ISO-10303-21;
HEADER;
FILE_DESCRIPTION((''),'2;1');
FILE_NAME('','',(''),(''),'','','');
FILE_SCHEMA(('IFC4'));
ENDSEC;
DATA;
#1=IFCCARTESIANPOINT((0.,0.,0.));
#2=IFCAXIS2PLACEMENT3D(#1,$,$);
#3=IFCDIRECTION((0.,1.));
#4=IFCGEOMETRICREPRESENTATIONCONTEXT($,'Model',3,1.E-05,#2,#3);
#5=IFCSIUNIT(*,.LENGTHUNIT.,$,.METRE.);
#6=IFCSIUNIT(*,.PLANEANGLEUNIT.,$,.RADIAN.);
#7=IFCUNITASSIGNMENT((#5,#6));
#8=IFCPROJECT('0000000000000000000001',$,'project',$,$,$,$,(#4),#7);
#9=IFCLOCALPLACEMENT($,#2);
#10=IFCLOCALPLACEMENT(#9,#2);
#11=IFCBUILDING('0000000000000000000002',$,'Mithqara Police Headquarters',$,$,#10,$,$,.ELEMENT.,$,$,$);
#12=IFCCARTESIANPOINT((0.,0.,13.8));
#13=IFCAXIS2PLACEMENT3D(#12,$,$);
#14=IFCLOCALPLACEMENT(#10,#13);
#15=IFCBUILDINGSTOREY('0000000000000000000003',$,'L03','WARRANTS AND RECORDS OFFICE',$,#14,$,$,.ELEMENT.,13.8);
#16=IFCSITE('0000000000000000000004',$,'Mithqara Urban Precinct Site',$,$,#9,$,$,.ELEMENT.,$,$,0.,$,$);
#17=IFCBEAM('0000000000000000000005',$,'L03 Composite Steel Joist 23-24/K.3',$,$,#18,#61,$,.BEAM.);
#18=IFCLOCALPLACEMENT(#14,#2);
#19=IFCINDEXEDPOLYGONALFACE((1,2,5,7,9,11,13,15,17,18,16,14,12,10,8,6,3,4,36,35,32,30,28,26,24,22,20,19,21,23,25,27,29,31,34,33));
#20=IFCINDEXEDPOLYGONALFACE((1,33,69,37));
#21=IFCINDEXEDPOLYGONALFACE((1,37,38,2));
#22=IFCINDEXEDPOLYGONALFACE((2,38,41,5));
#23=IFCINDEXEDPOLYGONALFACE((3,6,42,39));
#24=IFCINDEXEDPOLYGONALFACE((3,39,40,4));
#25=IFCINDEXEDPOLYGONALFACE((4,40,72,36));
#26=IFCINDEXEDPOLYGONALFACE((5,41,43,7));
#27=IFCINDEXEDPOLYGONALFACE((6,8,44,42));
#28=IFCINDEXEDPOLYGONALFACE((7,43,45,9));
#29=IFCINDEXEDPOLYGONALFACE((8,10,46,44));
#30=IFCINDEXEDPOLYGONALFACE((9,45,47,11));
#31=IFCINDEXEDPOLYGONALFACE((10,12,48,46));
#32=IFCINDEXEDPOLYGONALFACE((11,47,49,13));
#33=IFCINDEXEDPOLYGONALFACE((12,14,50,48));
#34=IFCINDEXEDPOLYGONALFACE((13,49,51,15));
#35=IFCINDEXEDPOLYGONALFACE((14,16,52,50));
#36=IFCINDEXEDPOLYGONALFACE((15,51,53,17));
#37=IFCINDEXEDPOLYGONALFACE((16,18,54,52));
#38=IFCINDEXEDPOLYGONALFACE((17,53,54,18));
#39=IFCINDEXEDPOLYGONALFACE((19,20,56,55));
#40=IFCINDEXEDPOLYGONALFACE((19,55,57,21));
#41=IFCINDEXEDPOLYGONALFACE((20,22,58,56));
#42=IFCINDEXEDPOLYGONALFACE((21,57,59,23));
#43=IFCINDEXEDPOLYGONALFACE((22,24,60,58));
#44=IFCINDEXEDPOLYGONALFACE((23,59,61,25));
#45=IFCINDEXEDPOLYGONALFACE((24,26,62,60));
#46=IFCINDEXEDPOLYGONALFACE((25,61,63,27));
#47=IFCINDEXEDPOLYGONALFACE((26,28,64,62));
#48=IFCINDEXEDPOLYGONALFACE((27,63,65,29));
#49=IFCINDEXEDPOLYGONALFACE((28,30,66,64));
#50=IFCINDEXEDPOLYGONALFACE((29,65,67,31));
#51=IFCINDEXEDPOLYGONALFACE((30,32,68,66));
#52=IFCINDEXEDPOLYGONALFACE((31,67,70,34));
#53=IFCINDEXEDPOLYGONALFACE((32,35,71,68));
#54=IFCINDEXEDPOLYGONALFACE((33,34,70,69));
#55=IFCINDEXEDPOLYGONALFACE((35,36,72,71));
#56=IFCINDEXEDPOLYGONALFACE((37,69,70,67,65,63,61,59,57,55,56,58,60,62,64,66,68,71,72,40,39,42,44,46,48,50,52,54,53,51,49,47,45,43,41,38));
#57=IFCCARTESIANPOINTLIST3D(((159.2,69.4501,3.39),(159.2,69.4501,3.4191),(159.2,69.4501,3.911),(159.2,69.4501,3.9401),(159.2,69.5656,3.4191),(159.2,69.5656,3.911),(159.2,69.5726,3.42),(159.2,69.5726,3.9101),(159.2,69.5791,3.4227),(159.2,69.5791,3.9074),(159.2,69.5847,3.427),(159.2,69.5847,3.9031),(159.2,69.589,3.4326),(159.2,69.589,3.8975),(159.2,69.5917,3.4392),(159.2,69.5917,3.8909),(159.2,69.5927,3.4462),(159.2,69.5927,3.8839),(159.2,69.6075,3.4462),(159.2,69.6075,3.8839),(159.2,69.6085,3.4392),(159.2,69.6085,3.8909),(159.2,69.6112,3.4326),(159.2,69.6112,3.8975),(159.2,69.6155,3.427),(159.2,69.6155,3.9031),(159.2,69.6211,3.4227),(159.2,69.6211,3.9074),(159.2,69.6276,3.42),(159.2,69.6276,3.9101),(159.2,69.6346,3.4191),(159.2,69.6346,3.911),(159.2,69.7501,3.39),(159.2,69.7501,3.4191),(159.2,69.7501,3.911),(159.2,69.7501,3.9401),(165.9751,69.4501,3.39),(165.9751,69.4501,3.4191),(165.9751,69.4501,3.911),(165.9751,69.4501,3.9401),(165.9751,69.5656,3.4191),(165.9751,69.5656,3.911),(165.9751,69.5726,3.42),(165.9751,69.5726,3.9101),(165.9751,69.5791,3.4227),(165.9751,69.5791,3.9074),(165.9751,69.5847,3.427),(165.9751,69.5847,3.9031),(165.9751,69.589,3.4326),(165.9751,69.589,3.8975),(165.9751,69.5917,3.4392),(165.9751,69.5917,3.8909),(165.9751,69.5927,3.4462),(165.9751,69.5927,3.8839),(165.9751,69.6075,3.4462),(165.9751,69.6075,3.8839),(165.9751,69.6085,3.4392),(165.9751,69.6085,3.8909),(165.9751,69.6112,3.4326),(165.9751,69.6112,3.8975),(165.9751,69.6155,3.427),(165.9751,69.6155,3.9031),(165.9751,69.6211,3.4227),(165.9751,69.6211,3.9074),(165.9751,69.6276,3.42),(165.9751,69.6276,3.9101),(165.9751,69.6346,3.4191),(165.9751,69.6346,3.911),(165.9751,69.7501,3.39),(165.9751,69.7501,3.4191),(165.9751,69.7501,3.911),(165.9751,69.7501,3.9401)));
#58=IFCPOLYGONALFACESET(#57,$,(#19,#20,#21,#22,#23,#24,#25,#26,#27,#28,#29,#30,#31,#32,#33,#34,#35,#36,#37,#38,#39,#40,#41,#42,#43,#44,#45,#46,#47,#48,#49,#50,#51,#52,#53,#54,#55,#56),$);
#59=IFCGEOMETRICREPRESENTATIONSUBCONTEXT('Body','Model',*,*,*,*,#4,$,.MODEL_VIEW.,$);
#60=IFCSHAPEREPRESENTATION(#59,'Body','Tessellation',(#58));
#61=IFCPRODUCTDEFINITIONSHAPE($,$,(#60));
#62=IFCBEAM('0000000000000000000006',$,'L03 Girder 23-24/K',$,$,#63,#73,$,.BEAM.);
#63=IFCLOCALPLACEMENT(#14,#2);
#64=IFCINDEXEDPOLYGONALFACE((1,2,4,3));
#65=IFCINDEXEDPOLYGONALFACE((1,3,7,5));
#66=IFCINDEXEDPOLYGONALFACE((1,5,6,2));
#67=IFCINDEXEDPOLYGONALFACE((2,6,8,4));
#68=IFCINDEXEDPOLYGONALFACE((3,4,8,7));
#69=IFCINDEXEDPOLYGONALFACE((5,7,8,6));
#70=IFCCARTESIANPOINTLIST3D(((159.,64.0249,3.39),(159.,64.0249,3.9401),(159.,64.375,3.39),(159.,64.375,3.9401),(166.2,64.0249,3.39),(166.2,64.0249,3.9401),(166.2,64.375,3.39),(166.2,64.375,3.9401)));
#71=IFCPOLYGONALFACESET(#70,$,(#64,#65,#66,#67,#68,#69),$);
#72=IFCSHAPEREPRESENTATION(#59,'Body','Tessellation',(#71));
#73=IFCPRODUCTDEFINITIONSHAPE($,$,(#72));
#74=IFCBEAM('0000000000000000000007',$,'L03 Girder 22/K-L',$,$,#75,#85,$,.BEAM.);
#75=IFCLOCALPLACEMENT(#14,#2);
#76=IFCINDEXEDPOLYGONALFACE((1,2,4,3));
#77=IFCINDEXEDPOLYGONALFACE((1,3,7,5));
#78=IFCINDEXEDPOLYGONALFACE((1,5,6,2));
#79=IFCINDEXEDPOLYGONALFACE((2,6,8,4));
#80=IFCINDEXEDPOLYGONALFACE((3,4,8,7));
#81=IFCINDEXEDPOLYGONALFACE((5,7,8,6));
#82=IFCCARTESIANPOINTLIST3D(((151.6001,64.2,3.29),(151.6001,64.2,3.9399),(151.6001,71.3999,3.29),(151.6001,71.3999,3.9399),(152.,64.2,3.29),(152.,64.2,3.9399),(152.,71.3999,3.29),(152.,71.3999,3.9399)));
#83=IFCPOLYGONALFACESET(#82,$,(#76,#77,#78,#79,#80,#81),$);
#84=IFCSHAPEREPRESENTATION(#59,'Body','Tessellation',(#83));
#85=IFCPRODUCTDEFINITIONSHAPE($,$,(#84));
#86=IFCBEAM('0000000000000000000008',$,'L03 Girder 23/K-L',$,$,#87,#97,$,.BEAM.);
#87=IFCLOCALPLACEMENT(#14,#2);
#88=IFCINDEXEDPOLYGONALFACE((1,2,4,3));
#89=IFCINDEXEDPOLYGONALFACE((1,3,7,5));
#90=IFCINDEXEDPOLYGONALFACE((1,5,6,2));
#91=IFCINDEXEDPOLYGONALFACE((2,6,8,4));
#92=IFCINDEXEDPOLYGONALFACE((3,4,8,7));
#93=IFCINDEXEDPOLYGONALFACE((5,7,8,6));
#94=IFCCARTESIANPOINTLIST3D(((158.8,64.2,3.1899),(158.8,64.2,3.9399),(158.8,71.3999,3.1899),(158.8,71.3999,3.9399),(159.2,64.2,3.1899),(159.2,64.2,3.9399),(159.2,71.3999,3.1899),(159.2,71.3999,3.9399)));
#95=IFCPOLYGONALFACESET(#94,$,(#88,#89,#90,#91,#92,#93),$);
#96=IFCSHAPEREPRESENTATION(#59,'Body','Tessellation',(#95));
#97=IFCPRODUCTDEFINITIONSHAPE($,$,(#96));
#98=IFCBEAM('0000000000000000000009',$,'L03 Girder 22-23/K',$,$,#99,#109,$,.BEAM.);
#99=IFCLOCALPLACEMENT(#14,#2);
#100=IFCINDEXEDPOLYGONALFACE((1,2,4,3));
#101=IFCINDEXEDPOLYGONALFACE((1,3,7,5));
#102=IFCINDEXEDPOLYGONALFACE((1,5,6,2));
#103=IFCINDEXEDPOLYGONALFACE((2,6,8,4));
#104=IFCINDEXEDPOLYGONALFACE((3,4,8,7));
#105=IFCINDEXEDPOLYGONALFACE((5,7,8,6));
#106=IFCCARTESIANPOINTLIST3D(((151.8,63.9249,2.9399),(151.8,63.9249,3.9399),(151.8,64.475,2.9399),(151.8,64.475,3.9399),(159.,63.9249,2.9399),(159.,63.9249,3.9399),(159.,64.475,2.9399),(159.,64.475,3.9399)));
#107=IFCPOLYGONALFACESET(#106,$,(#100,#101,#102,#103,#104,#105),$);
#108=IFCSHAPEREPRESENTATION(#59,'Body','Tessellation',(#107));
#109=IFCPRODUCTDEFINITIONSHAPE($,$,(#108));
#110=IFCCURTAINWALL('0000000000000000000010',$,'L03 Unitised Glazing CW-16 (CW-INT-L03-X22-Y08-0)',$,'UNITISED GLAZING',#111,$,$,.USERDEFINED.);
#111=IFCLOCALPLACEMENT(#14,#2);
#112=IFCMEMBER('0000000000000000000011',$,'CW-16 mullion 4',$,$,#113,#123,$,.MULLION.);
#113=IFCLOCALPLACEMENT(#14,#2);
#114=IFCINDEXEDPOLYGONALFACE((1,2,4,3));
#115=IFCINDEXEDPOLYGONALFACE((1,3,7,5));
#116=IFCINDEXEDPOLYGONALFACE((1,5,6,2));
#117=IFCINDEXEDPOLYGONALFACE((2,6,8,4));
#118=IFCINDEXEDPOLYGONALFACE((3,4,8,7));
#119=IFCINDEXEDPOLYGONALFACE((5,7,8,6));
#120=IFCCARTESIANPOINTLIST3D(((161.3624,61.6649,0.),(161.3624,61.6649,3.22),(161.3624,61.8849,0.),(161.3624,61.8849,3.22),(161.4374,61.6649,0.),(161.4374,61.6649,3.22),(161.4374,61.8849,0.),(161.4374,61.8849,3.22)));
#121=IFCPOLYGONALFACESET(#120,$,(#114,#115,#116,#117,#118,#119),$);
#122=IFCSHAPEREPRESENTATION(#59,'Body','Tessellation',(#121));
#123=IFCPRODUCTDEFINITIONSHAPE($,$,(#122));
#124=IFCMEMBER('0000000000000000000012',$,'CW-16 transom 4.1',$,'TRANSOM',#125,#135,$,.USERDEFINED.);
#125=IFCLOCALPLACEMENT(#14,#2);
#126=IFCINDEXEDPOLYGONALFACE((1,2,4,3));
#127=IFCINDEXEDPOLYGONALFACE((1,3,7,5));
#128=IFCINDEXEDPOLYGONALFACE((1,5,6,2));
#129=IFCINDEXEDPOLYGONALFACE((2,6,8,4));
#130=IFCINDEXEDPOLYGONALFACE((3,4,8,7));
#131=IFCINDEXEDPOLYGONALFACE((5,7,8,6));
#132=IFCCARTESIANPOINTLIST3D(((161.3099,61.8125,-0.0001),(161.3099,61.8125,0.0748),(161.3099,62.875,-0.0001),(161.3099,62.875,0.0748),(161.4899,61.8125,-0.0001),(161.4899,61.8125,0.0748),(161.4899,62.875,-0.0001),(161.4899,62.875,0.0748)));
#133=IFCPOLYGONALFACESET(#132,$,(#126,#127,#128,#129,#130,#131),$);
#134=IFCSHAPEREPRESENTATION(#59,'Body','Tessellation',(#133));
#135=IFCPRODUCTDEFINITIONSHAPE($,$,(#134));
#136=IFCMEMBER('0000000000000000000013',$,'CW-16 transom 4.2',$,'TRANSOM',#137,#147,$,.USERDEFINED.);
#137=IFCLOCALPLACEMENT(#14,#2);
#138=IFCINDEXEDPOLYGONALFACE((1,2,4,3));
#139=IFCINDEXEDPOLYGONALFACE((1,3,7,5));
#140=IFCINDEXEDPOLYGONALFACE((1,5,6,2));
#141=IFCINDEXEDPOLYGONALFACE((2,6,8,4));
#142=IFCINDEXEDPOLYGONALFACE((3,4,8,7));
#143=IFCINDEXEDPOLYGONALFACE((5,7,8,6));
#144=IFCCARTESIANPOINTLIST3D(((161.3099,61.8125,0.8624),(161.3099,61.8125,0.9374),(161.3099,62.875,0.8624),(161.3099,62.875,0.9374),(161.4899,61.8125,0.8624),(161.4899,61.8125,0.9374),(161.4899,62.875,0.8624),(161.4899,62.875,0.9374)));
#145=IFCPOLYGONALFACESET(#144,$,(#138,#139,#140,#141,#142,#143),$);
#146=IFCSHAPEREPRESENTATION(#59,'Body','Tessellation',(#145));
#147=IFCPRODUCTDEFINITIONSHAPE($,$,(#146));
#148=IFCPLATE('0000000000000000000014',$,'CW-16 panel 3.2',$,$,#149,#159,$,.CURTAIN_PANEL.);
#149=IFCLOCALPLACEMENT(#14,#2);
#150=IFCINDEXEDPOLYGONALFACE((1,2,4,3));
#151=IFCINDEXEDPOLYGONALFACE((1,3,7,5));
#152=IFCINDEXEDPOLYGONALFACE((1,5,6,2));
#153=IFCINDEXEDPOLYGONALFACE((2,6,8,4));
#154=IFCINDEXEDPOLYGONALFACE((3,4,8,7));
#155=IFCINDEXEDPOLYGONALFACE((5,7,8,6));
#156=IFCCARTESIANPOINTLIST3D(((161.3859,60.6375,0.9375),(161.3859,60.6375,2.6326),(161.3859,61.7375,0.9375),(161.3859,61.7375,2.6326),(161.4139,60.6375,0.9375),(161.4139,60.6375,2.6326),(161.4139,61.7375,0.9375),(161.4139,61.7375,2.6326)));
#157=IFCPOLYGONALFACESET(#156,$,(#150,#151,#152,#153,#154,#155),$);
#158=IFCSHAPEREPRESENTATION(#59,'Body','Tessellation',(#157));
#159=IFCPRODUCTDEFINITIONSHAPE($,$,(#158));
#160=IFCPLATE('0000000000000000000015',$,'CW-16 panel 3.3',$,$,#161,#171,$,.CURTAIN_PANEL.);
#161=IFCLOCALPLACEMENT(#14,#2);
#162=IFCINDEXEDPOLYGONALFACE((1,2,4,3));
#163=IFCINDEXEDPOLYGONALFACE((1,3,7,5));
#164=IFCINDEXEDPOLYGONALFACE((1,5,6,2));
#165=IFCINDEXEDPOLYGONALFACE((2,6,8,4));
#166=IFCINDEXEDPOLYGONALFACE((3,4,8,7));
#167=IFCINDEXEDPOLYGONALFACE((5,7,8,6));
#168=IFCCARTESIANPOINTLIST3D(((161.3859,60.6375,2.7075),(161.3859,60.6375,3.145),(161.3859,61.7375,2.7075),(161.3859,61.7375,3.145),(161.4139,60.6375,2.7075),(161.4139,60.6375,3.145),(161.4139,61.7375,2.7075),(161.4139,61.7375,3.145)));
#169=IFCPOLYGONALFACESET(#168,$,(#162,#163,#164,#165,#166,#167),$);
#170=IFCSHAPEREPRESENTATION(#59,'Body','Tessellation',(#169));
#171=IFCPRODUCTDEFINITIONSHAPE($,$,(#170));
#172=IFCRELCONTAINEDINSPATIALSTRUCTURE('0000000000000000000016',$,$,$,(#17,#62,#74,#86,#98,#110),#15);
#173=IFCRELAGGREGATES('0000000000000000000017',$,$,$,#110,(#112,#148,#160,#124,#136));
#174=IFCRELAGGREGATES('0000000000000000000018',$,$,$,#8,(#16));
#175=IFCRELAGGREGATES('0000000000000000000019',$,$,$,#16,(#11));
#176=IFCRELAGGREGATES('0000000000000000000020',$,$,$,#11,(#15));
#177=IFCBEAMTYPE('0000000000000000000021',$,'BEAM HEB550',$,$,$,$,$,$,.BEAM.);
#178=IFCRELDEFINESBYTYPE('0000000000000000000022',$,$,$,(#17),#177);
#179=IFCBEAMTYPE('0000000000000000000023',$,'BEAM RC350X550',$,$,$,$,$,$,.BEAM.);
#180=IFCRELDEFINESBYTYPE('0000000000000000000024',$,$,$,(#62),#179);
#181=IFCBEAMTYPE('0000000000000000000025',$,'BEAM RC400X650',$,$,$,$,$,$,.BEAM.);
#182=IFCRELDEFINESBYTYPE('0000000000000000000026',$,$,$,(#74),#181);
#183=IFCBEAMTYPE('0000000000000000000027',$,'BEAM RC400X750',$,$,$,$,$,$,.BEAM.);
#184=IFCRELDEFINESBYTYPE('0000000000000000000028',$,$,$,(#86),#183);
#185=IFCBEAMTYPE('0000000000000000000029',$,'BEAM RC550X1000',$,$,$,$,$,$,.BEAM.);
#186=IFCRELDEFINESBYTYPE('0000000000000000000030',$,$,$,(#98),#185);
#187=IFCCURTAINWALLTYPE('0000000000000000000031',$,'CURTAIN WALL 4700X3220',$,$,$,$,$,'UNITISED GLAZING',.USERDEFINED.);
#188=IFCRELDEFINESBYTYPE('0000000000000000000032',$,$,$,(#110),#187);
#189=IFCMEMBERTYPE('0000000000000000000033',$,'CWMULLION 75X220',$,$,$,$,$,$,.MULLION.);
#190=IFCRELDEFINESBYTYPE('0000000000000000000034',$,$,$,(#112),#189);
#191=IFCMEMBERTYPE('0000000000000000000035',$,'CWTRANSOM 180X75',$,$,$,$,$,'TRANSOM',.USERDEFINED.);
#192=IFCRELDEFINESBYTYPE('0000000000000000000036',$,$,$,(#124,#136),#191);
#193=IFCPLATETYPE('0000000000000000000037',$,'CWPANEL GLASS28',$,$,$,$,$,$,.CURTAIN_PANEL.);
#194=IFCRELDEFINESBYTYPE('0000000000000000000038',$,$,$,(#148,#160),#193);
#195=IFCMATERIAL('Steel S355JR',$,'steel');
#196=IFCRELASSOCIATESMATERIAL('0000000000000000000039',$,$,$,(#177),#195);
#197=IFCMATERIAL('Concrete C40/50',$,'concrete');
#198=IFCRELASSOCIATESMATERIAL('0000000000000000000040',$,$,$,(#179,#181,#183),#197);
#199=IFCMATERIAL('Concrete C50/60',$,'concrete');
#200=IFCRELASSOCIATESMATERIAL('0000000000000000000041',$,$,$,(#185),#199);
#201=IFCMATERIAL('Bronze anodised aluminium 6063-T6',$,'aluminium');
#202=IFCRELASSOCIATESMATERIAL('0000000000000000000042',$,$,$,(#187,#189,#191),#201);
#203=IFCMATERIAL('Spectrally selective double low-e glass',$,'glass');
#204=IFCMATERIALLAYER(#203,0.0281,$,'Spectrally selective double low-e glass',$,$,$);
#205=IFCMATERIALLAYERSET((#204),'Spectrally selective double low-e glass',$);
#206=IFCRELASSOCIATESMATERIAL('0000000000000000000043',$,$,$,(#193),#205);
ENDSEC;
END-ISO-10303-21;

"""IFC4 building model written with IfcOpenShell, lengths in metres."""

from ifc_helpers import new_model, si_unit, direction, frame, origin, origin_2d, place, context, subcontext, project, spatial, rectangle, i_section, extrude, material, layer, layer_set, material_profile, profile_set, type_object, element, aggregate, save


model = new_model("IFC4")

# Units and contexts
model_context = context("Model", 3, precision=1e-05, world=origin(), true_north=direction((0.0, 1.0)))
body_context = subcontext(model_context, "Body", "Model", "MODEL_VIEW")
ifc_project = project(units=[si_unit("LENGTHUNIT", "METRE"), si_unit("PLANEANGLEUNIT", "RADIAN")], contexts=[model_context])

# Site, building, storey
site_placement = place(None, origin())
site = spatial("IfcSite", under=ifc_project, at=site_placement, Name="Mithqara Urban Precinct Site", CompositionType="ELEMENT", RefElevation=0.0)
building_placement = place(site_placement, origin())
building = spatial("IfcBuilding", under=site, at=building_placement, Name="Mithqara Police Headquarters", CompositionType="ELEMENT")
storey_placement = place(building_placement, frame((0.0, 0.0, 13.8)))
storey = spatial("IfcBuildingStorey", under=building, at=storey_placement, Name="L03", Description="WARRANTS AND RECORDS OFFICE", CompositionType="ELEMENT", Elevation=13.8)

# Shared definitions
ifc_material_1 = material(Name="Concrete C50/60", Category="concrete")

# Beams
ifc_material_2 = material(Name="Steel S355JR", Category="steel")
ifc_material_profile_1 = material_profile(ifc_material_2, i_section(OverallWidth=0.3, OverallDepth=0.55, WebThickness=0.0149, FlangeThickness=0.0291, FilletRadius=0.0271, at=origin_2d()), Name="HEB 550")
ifc_profile_set_1 = profile_set([ifc_material_profile_1], Name="Steel S355JR")
beam_type_1 = type_object("IfcBeamType", Name="BEAM HEB550", PredefinedType="BEAM", material=ifc_profile_set_1)
for number, where, z_axis, x_axis, name in (
    (1, (159.2, 69.6001, 3.665), (1.0, 0.0, 0.0), (0.0, 1.0, 0.0), "L03 Composite Steel Joist 23-24/K.3"),
):
    element("IfcBeam", number, at=place(storey_placement, frame(where, z_axis=z_axis, x_axis=x_axis)), inside=storey, type_object=beam_type_1, Name=name, PredefinedType="BEAM", context=body_context, shape_type="SweptSolid", body=[
        extrude(i_section(OverallWidth=0.3, OverallDepth=0.55, WebThickness=0.0149, FlangeThickness=0.0291, FilletRadius=0.0271, at=origin_2d()), origin(), (0.0, 0.0, 1.0), 6.7751),
    ])
ifc_material_3 = material(Name="Concrete C40/50", Category="concrete")
ifc_material_profile_2 = material_profile(ifc_material_3, rectangle(XDim=0.3501, YDim=0.55, at=origin_2d()), Name="RC 350x550")
ifc_profile_set_2 = profile_set([ifc_material_profile_2], Name="Concrete C40/50")
beam_type_2 = type_object("IfcBeamType", Name="BEAM RC350X550", PredefinedType="BEAM", material=ifc_profile_set_2)
beam_1_placement = place(storey_placement, frame((159.0, 64.2, 3.665), z_axis=(1.0, 0.0, 0.0), x_axis=(0.0, 1.0, 0.0)))
element("IfcBeam", 2, at=beam_1_placement, inside=storey, type_object=beam_type_2, Name="L03 Girder 23-24/K", PredefinedType="BEAM", context=body_context, shape_type="SweptSolid", body=[
    extrude(rectangle(XDim=0.3501, YDim=0.55, at=origin_2d()), origin(), (0.0, 0.0, 1.0), 7.2),
])
ifc_material_profile_3 = material_profile(ifc_material_3, rectangle(XDim=0.3999, YDim=0.6499, at=origin_2d()), Name="RC 400x650")
ifc_profile_set_3 = profile_set([ifc_material_profile_3], Name="Concrete C40/50")
beam_type_3 = type_object("IfcBeamType", Name="BEAM RC400X650", PredefinedType="BEAM", material=ifc_profile_set_3)
beam_2_placement = place(storey_placement, frame((151.8, 64.2, 3.615), z_axis=(0.0, 1.0, 0.0), x_axis=(-1.0, 0.0, 0.0)))
element("IfcBeam", 3, at=beam_2_placement, inside=storey, type_object=beam_type_3, Name="L03 Girder 22/K-L", PredefinedType="BEAM", context=body_context, shape_type="SweptSolid", body=[
    extrude(rectangle(XDim=0.3999, YDim=0.6499, at=origin_2d()), origin(), (0.0, 0.0, 1.0), 7.2),
])
ifc_material_profile_4 = material_profile(ifc_material_3, rectangle(XDim=0.3999, YDim=0.75, at=origin_2d()), Name="RC 400x750")
ifc_profile_set_4 = profile_set([ifc_material_profile_4], Name="Concrete C40/50")
beam_type_4 = type_object("IfcBeamType", Name="BEAM RC400X750", PredefinedType="BEAM", material=ifc_profile_set_4)
beam_3_placement = place(storey_placement, frame((159.0, 64.2, 3.5649), z_axis=(0.0, 1.0, 0.0), x_axis=(-1.0, 0.0, 0.0)))
element("IfcBeam", 4, at=beam_3_placement, inside=storey, type_object=beam_type_4, Name="L03 Girder 23/K-L", PredefinedType="BEAM", context=body_context, shape_type="SweptSolid", body=[
    extrude(rectangle(XDim=0.3999, YDim=0.75, at=origin_2d()), origin(), (0.0, 0.0, 1.0), 7.2),
])
ifc_material_profile_5 = material_profile(ifc_material_1, rectangle(XDim=0.55, YDim=1.0, at=origin_2d()), Name="RC 550x1000")
ifc_profile_set_5 = profile_set([ifc_material_profile_5], Name="Concrete C50/60")
beam_type_5 = type_object("IfcBeamType", Name="BEAM RC550X1000", PredefinedType="BEAM", material=ifc_profile_set_5)
beam_4_placement = place(storey_placement, frame((151.8, 64.2, 3.4399), z_axis=(1.0, 0.0, 0.0), x_axis=(0.0, 1.0, 0.0)))
element("IfcBeam", 5, at=beam_4_placement, inside=storey, type_object=beam_type_5, Name="L03 Girder 22-23/K", PredefinedType="BEAM", context=body_context, shape_type="SweptSolid", body=[
    extrude(rectangle(XDim=0.55, YDim=1.0, at=origin_2d()), origin(), (0.0, 0.0, 1.0), 7.2),
])

# Curtain wall, members, plates
ifc_material_4 = material(Name="Bronze anodised aluminium 6063-T6", Category="aluminium")
curtain_wall_type = type_object("IfcCurtainWallType", Name="CURTAIN WALL 4700X3220", ElementType="UNITISED GLAZING", PredefinedType="USERDEFINED", material=ifc_material_4)
curtain_wall_placement = place(storey_placement, origin())
curtain_wall = element("IfcCurtainWall", 6, at=curtain_wall_placement, inside=storey, type_object=curtain_wall_type, Name="L03 Unitised Glazing CW-16 (CW-INT-L03-X22-Y08-0)", ObjectType="UNITISED GLAZING", PredefinedType="USERDEFINED")
ifc_material_profile_6 = material_profile(ifc_material_4, rectangle(XDim=0.075, YDim=0.22, at=origin_2d()), Name="CWM 75x220")
ifc_profile_set_6 = profile_set([ifc_material_profile_6], Name="Bronze anodised aluminium 6063-T6")
member_type_1 = type_object("IfcMemberType", Name="CWMULLION 75X220", PredefinedType="MULLION", material=ifc_profile_set_6)
member_1_placement = place(storey_placement, frame((161.3999, 61.7749, 0.0), z_axis=(0.0, 0.0, 1.0), x_axis=(-1.0, 0.0, 0.0)))
member_1 = element("IfcMember", 7, at=member_1_placement, type_object=member_type_1, Name="CW-16 mullion 4", PredefinedType="MULLION", context=body_context, shape_type="SweptSolid", body=[
    extrude(rectangle(XDim=0.075, YDim=0.22, at=origin_2d()), origin(), (0.0, 0.0, 1.0), 3.22),
])
ifc_material_profile_7 = material_profile(ifc_material_4, rectangle(XDim=0.1799, YDim=0.075, at=origin_2d()), Name="CWT 180x75")
ifc_profile_set_7 = profile_set([ifc_material_profile_7], Name="Bronze anodised aluminium 6063-T6")
member_type_2 = type_object("IfcMemberType", Name="CWTRANSOM 180X75", ElementType="TRANSOM", PredefinedType="USERDEFINED", material=ifc_profile_set_7)
member_2_placement = place(storey_placement, frame((161.3999, 61.8125, 0.0374), z_axis=(0.0, 1.0, 0.0), x_axis=(-1.0, 0.0, 0.0)))
member_2 = element("IfcMember", 8, at=member_2_placement, type_object=member_type_2, Name="CW-16 transom 4.1", ObjectType="TRANSOM", PredefinedType="USERDEFINED", context=body_context, shape_type="SweptSolid", body=[
    extrude(rectangle(XDim=0.1799, YDim=0.075, at=origin_2d()), origin(), (0.0, 0.0, 1.0), 1.0625),
])
member_3_placement = place(storey_placement, frame((161.3999, 61.8125, 0.8999), z_axis=(0.0, 1.0, 0.0), x_axis=(-1.0, 0.0, 0.0)))
member_3 = element("IfcMember", 9, at=member_3_placement, type_object=member_type_2, Name="CW-16 transom 4.2", ObjectType="TRANSOM", PredefinedType="USERDEFINED", context=body_context, shape_type="SweptSolid", body=[
    extrude(rectangle(XDim=0.1799, YDim=0.075, at=origin_2d()), origin(), (0.0, 0.0, 1.0), 1.0625),
])
ifc_material_5 = material(Name="Spectrally selective double low-e glass", Category="glass")
ifc_layer_1 = layer(ifc_material_5, 0.0281, Name="Spectrally selective double low-e glass")
ifc_layer_set_1 = layer_set([ifc_layer_1], Name="Spectrally selective double low-e glass")
plate_type = type_object("IfcPlateType", Name="CWPANEL GLASS28", PredefinedType="CURTAIN_PANEL", material=ifc_layer_set_1)
plate_1_placement = place(storey_placement, frame((161.3999, 61.1875, 0.9375), z_axis=(0.0, 0.0, 1.0), x_axis=(0.0, 1.0, 0.0)))
plate_1 = element("IfcPlate", 10, at=plate_1_placement, type_object=plate_type, Name="CW-16 panel 3.2", PredefinedType="CURTAIN_PANEL", context=body_context, shape_type="SweptSolid", body=[
    extrude(rectangle(XDim=1.1001, YDim=0.0281, at=origin_2d()), origin(), (0.0, 0.0, 1.0), 1.6951),
])
plate_2_placement = place(storey_placement, frame((161.3999, 61.1875, 2.7075), z_axis=(0.0, 0.0, 1.0), x_axis=(0.0, 1.0, 0.0)))
plate_2 = element("IfcPlate", 11, at=plate_2_placement, type_object=plate_type, Name="CW-16 panel 3.3", PredefinedType="CURTAIN_PANEL", context=body_context, shape_type="SweptSolid", body=[
    extrude(rectangle(XDim=1.1001, YDim=0.0281, at=origin_2d()), origin(), (0.0, 0.0, 1.0), 0.4375),
])
aggregate(curtain_wall, [member_1, plate_1, plate_2, member_2, member_3])

save(model, "model.ifc")
